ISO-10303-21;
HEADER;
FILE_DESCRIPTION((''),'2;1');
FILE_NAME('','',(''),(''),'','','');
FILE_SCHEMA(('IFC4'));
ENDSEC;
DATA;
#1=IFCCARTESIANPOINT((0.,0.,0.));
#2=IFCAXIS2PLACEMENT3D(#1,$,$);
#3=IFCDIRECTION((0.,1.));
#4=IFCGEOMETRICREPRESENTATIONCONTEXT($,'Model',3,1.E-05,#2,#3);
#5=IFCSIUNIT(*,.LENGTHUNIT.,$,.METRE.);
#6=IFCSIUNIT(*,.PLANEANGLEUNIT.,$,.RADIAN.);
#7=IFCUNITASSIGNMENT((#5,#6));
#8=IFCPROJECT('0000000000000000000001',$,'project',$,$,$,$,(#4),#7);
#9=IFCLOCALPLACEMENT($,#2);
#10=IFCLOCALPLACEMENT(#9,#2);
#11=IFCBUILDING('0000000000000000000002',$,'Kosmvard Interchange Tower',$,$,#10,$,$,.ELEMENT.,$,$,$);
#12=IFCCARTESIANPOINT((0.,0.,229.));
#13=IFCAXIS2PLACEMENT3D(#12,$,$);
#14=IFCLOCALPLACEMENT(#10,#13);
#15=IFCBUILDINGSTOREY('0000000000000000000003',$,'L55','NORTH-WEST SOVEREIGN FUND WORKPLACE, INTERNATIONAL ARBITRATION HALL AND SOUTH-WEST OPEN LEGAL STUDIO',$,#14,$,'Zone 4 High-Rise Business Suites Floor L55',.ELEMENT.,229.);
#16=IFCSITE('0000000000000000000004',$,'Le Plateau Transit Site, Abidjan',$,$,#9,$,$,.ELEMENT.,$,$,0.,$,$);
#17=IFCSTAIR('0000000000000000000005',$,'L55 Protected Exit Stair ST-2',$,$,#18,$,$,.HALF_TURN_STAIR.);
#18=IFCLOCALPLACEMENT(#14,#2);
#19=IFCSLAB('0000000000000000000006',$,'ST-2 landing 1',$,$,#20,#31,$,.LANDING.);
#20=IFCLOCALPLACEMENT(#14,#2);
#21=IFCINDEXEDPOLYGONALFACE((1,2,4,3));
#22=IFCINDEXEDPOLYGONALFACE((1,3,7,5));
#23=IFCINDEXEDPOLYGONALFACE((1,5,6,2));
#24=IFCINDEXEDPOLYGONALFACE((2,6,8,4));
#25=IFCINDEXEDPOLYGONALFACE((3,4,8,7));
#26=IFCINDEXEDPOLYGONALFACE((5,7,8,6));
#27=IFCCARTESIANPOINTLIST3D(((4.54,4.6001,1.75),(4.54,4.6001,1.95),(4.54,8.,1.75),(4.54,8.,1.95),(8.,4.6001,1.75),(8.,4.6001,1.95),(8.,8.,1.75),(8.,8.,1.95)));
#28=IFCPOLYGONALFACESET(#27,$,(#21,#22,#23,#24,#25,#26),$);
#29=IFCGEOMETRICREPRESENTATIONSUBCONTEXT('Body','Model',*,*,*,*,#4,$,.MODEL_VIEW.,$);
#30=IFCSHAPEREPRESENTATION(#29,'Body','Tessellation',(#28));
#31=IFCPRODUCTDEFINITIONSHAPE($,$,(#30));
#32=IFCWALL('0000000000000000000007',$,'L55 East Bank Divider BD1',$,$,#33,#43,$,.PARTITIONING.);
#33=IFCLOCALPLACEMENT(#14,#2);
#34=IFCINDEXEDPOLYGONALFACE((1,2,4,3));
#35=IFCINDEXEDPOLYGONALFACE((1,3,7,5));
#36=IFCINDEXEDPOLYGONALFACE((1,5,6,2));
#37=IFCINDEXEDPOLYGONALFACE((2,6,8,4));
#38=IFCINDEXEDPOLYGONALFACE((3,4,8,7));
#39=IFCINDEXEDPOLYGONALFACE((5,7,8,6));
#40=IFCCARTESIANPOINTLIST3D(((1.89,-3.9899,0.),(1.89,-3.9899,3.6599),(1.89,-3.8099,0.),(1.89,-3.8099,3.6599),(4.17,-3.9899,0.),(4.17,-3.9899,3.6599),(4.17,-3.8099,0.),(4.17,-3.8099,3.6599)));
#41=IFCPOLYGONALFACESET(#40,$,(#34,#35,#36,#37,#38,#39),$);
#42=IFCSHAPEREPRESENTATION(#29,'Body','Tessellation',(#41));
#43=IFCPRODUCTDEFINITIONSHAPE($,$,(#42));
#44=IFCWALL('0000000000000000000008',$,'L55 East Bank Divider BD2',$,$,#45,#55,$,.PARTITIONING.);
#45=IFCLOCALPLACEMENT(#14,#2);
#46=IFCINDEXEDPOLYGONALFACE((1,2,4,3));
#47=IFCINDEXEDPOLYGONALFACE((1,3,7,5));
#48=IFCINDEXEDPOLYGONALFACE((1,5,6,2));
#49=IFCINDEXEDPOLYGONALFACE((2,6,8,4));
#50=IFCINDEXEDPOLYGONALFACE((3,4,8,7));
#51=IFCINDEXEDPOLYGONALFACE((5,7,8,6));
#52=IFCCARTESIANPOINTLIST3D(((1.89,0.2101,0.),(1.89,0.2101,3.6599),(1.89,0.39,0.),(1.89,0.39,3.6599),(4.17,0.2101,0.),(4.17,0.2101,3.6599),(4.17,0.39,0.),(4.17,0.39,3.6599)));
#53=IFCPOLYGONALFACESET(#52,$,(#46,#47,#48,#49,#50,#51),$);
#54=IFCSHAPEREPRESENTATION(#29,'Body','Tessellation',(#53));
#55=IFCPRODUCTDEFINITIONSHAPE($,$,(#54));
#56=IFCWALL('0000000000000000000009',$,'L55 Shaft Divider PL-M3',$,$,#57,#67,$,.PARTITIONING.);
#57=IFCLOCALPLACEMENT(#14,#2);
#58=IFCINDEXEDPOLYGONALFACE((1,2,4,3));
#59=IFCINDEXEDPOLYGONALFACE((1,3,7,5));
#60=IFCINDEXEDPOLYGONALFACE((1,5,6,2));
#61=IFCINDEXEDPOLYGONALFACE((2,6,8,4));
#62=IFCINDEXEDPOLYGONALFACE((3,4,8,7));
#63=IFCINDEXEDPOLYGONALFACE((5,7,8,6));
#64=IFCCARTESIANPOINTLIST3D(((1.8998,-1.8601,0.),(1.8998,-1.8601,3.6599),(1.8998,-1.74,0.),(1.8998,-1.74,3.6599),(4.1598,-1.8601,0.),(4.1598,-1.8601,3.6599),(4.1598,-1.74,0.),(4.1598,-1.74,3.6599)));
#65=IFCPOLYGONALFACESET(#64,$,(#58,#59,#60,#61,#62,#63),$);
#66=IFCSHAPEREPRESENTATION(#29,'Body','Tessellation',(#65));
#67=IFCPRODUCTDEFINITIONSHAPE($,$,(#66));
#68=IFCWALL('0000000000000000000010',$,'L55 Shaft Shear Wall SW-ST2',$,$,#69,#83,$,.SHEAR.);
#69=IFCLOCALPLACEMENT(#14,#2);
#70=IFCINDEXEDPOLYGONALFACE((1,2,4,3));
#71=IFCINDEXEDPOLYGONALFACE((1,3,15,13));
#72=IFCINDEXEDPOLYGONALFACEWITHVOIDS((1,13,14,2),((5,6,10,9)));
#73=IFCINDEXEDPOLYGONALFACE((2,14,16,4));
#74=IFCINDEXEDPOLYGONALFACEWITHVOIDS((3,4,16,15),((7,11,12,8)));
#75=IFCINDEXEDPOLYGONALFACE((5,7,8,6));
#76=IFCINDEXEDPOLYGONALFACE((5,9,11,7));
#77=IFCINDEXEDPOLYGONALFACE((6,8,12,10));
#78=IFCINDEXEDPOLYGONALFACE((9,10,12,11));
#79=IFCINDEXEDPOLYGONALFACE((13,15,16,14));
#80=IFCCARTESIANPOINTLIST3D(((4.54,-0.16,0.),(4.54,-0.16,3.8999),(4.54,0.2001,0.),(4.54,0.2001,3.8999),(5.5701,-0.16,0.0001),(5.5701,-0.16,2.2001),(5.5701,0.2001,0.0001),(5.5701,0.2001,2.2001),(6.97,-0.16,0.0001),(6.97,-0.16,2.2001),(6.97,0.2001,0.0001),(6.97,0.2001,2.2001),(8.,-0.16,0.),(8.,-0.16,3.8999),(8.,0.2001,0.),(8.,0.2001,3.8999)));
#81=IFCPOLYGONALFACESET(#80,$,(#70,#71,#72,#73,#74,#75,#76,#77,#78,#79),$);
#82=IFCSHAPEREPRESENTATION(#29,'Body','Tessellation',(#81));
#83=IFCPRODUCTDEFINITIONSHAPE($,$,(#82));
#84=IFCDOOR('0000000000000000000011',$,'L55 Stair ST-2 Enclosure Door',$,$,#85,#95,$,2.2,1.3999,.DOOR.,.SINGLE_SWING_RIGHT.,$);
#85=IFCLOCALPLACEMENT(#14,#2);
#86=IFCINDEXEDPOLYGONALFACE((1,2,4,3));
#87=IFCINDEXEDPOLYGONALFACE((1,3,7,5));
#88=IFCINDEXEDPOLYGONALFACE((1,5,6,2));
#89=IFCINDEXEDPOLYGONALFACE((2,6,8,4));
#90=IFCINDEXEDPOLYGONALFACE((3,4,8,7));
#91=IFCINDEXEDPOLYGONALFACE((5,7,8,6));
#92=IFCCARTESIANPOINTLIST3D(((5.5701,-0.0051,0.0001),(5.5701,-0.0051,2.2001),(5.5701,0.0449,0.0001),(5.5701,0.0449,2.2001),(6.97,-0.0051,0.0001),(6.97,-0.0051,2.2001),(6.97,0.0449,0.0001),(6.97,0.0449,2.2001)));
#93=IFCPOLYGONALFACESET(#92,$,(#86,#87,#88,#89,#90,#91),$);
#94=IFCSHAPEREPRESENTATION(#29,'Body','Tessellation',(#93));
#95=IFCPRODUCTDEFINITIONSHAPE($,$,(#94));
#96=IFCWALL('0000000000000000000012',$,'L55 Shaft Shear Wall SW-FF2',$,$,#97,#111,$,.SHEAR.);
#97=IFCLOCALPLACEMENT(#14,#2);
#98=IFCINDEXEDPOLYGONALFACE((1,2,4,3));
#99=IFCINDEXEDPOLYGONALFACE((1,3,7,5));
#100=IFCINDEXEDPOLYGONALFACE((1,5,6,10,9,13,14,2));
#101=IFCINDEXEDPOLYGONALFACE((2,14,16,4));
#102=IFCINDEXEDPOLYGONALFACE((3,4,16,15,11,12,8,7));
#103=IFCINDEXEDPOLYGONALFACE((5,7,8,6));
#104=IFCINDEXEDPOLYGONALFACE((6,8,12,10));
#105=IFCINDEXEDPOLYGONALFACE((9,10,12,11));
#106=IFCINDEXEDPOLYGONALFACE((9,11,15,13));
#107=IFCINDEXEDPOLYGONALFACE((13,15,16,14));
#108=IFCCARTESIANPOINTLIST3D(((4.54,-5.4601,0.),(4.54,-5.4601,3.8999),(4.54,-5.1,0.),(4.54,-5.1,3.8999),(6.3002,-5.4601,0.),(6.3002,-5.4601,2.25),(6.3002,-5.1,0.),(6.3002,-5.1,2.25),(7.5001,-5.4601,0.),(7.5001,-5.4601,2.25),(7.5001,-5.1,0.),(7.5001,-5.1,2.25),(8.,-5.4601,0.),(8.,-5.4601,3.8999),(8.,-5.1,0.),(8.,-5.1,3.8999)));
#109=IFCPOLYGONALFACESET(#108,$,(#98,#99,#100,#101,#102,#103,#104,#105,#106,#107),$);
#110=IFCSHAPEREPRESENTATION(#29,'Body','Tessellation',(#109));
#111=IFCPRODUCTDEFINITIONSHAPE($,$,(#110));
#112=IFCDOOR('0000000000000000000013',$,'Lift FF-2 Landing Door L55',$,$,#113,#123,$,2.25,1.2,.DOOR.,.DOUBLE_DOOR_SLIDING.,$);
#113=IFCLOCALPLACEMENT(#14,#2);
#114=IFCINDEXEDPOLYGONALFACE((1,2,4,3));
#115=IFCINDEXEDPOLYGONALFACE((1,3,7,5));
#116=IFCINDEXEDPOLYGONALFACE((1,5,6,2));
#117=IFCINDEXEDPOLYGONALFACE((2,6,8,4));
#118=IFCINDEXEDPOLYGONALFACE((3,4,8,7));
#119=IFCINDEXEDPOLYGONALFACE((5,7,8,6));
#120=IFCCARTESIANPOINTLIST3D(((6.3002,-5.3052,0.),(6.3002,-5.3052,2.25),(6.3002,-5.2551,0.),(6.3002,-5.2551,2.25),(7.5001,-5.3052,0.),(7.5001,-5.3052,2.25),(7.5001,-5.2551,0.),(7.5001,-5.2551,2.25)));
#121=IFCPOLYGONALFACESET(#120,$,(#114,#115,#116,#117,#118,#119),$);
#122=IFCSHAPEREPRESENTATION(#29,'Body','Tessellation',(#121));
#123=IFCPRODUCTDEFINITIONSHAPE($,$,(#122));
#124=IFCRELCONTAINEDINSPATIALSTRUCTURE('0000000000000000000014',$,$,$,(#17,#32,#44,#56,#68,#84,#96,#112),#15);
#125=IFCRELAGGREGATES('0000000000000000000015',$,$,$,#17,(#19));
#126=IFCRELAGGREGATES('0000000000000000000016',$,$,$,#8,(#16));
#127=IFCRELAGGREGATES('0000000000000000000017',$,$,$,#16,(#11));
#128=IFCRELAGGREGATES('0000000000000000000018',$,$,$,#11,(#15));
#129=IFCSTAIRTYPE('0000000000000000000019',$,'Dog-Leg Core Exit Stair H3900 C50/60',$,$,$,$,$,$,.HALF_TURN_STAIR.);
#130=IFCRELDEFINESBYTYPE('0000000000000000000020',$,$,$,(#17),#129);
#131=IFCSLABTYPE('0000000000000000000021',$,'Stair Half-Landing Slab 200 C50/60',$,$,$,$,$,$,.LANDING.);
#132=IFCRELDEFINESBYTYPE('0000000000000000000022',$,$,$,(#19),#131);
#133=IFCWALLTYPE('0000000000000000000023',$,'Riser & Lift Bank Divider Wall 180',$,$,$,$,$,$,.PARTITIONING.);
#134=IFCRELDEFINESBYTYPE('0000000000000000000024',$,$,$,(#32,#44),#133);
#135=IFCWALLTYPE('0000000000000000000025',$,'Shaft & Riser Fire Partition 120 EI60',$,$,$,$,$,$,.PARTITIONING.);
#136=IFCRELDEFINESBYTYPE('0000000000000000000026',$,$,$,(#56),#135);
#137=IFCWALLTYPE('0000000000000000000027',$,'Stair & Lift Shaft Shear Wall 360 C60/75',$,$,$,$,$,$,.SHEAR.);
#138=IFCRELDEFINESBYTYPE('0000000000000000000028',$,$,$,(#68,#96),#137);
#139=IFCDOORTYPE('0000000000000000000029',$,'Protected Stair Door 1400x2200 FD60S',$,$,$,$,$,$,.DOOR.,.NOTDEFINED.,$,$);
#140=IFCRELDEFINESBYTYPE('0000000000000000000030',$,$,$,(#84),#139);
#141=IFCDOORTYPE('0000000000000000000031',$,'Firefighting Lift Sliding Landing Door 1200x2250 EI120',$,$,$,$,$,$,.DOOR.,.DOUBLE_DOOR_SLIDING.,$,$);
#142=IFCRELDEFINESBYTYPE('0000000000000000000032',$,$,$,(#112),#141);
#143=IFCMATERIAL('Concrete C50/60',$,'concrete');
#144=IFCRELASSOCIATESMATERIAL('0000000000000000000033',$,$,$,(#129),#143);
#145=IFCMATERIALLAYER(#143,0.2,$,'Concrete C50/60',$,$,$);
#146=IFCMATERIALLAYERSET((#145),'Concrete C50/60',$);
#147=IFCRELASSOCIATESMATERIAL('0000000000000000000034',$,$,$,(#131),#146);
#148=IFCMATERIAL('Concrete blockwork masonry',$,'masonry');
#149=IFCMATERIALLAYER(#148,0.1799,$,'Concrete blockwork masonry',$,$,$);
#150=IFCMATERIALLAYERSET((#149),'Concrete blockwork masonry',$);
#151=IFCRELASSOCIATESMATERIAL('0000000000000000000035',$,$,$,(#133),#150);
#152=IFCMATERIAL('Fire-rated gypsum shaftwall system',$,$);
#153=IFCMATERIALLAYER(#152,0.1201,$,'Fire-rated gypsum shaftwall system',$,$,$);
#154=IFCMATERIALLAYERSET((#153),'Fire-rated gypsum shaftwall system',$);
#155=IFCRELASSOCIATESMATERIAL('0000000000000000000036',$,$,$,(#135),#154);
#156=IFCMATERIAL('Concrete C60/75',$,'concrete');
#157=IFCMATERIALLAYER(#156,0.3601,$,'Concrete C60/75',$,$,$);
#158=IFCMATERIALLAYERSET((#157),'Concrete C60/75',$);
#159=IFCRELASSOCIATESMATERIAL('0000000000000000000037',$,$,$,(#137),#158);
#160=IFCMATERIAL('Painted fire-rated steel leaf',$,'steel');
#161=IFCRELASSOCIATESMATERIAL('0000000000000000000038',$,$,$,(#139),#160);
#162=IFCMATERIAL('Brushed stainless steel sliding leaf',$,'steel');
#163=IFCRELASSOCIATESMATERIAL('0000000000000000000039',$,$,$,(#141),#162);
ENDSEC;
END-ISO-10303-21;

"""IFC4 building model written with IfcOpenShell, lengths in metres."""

from ifc_helpers import new_model, si_unit, direction, frame, frame_2d, origin, place, context, subcontext, project, spatial, polyline, rectangle, outline, extrude, source, transform, mapped, material, layer, layer_set, type_object, element, fill, aggregate, save


model = new_model("IFC4")

# Units and contexts
model_context = context("Model", 3, precision=1e-05, world=origin(), true_north=direction((0.0, 1.0)))
body_context = subcontext(model_context, "Body", "Model", "MODEL_VIEW")
ifc_project = project(units=[si_unit("LENGTHUNIT", "METRE"), si_unit("PLANEANGLEUNIT", "RADIAN")], contexts=[model_context])

# Site, building, storey
site_placement = place(None, origin())
site = spatial("IfcSite", under=ifc_project, at=site_placement, Name="Le Plateau Transit Site, Abidjan", CompositionType="ELEMENT", RefElevation=0.0)
building_placement = place(site_placement, origin())
building = spatial("IfcBuilding", under=site, at=building_placement, Name="Kosmvard Interchange Tower", CompositionType="ELEMENT")
storey_placement = place(building_placement, frame((0.0, 0.0, 229.0)))
storey = spatial("IfcBuildingStorey", under=building, at=storey_placement, Name="L55", Description="NORTH-WEST SOVEREIGN FUND WORKPLACE, INTERNATIONAL ARBITRATION HALL AND SOUTH-WEST OPEN LEGAL STUDIO", LongName="Zone 4 High-Rise Business Suites Floor L55", CompositionType="ELEMENT", Elevation=229.0)

# Stair, slab
ifc_material_1 = material(Name="Concrete C50/60", Category="concrete")
stair_type = type_object("IfcStairType", Name="Dog-Leg Core Exit Stair H3900 C50/60", PredefinedType="HALF_TURN_STAIR", material=ifc_material_1)
stair_placement = place(storey_placement, origin())
stair = element("IfcStair", 1, at=stair_placement, inside=storey, type_object=stair_type, Name="L55 Protected Exit Stair ST-2", PredefinedType="HALF_TURN_STAIR")
ifc_layer_1 = layer(ifc_material_1, 0.2, Name="Concrete C50/60")
ifc_layer_set_1 = layer_set([ifc_layer_1], Name="Concrete C50/60")
slab_type = type_object("IfcSlabType", Name="Stair Half-Landing Slab 200 C50/60", PredefinedType="LANDING", material=ifc_layer_set_1)
slab_placement = place(storey_placement, frame((0.0, 0.0, 1.75)))
slab = element("IfcSlab", 2, at=slab_placement, type_object=slab_type, Name="ST-2 landing 1", PredefinedType="LANDING", context=body_context, shape_type="SweptSolid", body=[
    extrude(outline(polyline([(8.0, 4.6001), (8.0, 8.0), (4.54, 8.0), (4.54, 4.6001), (8.0, 4.6001)])), origin(), (0.0, 0.0, 1.0), 0.2),
])
aggregate(stair, [slab])

# Walls
ifc_material_2 = material(Name="Concrete blockwork masonry", Category="masonry")
ifc_layer_2 = layer(ifc_material_2, 0.1799, Name="Concrete blockwork masonry")
ifc_layer_set_2 = layer_set([ifc_layer_2], Name="Concrete blockwork masonry")
wall_type_1 = type_object("IfcWallType", Name="Riser & Lift Bank Divider Wall 180", PredefinedType="PARTITIONING", material=ifc_layer_set_2)
for number, where, z_axis, x_axis, name in (
    (3, (1.8899, -3.8999, 0.0), (0.0, 0.0, 1.0), (1.0, 0.0, 0.0), "L55 East Bank Divider BD1"),
    (4, (1.8899, 0.3, 0.0), (0.0, 0.0, 1.0), (1.0, 0.0, 0.0), "L55 East Bank Divider BD2"),
):
    element("IfcWall", number, at=place(storey_placement, frame(where, z_axis=z_axis, x_axis=x_axis)), inside=storey, type_object=wall_type_1, Name=name, PredefinedType="PARTITIONING", context=body_context, shape_type="SweptSolid", body=[
        extrude(rectangle(XDim=2.28, YDim=0.1799, at=frame_2d((1.1401, 0.0))), origin(), (0.0, 0.0, 1.0), 3.6599),
    ])
ifc_material_3 = material(Name="Fire-rated gypsum shaftwall system")
ifc_layer_3 = layer(ifc_material_3, 0.1201, Name="Fire-rated gypsum shaftwall system")
ifc_layer_set_3 = layer_set([ifc_layer_3], Name="Fire-rated gypsum shaftwall system")
wall_type_2 = type_object("IfcWallType", Name="Shaft & Riser Fire Partition 120 EI60", PredefinedType="PARTITIONING", material=ifc_layer_set_3)
wall_1_placement = place(storey_placement, frame((1.8999, -1.8, 0.0), z_axis=(0.0, 0.0, 1.0), x_axis=(1.0, 0.0, 0.0)))
element("IfcWall", 5, at=wall_1_placement, inside=storey, type_object=wall_type_2, Name="L55 Shaft Divider PL-M3", PredefinedType="PARTITIONING", context=body_context, shape_type="SweptSolid", body=[
    extrude(rectangle(XDim=2.26, YDim=0.1201, at=frame_2d((1.1299, 0.0))), origin(), (0.0, 0.0, 1.0), 3.6599),
])

# Walls, openings, doors
ifc_material_4 = material(Name="Concrete C60/75", Category="concrete")
ifc_layer_4 = layer(ifc_material_4, 0.3601, Name="Concrete C60/75")
ifc_layer_set_4 = layer_set([ifc_layer_4], Name="Concrete C60/75")
wall_type_3 = type_object("IfcWallType", Name="Stair & Lift Shaft Shear Wall 360 C60/75", PredefinedType="SHEAR", material=ifc_layer_set_4)
wall_2_placement = place(storey_placement, frame((4.54, 0.02, 0.0), z_axis=(0.0, 0.0, 1.0), x_axis=(1.0, 0.0, 0.0)))
wall_2 = element("IfcWall", 6, at=wall_2_placement, inside=storey, type_object=wall_type_3, Name="L55 Shaft Shear Wall SW-ST2", PredefinedType="SHEAR", context=body_context, shape_type="SweptSolid", body=[
    extrude(rectangle(XDim=3.46, YDim=0.3601, at=frame_2d((1.73, 0.0))), origin(), (0.0, 0.0, 1.0), 3.8999),
])
opening_1_placement = place(wall_2_placement, frame((1.03, 0.0, 0.0)))
opening_1 = element("IfcOpeningElement", 7, at=opening_1_placement, cuts=wall_2, PredefinedType="OPENING", context=body_context, shape_type="SweptSolid", body=[
    extrude(rectangle(XDim=1.3999, YDim=2.2, at=frame_2d((0.7, 1.1001))), frame((0.0, 0.1899, 0.0), z_axis=(0.0, -1.0, 0.0), x_axis=(1.0, 0.0, 0.0)), (0.0, 0.0, 1.0), 0.3801),
])
ifc_material_5 = material(Name="Painted fire-rated steel leaf", Category="steel")
door_type_1 = type_object("IfcDoorType", Name="Protected Stair Door 1400x2200 FD60S", OperationType="NOTDEFINED", PredefinedType="DOOR", material=ifc_material_5)
shared_shape_1 = source(origin(), body_context, "Body", "SweptSolid", [
    extrude(rectangle(XDim=1.3999, YDim=2.2, at=frame_2d((0.7, 1.1001))), frame((0.0, 0.0249, 0.0), z_axis=(0.0, -1.0, 0.0), x_axis=(1.0, 0.0, 0.0)), (0.0, 0.0, 1.0), 0.05),
])
door_1_placement = place(opening_1_placement, origin())
door_1 = element("IfcDoor", 8, at=door_1_placement, inside=storey, type_object=door_type_1, Name="L55 Stair ST-2 Enclosure Door", OperationType="SINGLE_SWING_RIGHT", OverallHeight=2.2, OverallWidth=1.3999, PredefinedType="DOOR", context=body_context, shape_type="MappedRepresentation", body=[
    mapped(shared_shape_1, transform((0.0, 0.0, 0.0), scale=1.0)),
])
fill(opening_1, door_1)
wall_3_placement = place(storey_placement, frame((4.54, -5.28, 0.0), z_axis=(0.0, 0.0, 1.0), x_axis=(1.0, 0.0, 0.0)))
wall_3 = element("IfcWall", 9, at=wall_3_placement, inside=storey, type_object=wall_type_3, Name="L55 Shaft Shear Wall SW-FF2", PredefinedType="SHEAR", context=body_context, shape_type="SweptSolid", body=[
    extrude(rectangle(XDim=3.46, YDim=0.3601, at=frame_2d((1.73, 0.0))), origin(), (0.0, 0.0, 1.0), 3.8999),
])
opening_2_placement = place(wall_3_placement, frame((1.76, 0.0, 0.0)))
opening_2 = element("IfcOpeningElement", 10, at=opening_2_placement, cuts=wall_3, PredefinedType="OPENING", context=body_context, shape_type="SweptSolid", body=[
    extrude(rectangle(XDim=1.2, YDim=2.25, at=frame_2d((0.6001, 1.125))), frame((0.0, 0.1899, 0.0), z_axis=(0.0, -1.0, 0.0), x_axis=(1.0, 0.0, 0.0)), (0.0, 0.0, 1.0), 0.3801),
])
ifc_material_6 = material(Name="Brushed stainless steel sliding leaf", Category="steel")
door_type_2 = type_object("IfcDoorType", Name="Firefighting Lift Sliding Landing Door 1200x2250 EI120", OperationType="DOUBLE_DOOR_SLIDING", PredefinedType="DOOR", material=ifc_material_6)
shared_shape_2 = source(origin(), body_context, "Body", "SweptSolid", [
    extrude(rectangle(XDim=1.2, YDim=2.25, at=frame_2d((0.6001, 1.125))), frame((0.0, 0.0249, 0.0), z_axis=(0.0, -1.0, 0.0), x_axis=(1.0, 0.0, 0.0)), (0.0, 0.0, 1.0), 0.05),
])
door_2_placement = place(opening_2_placement, origin())
door_2 = element("IfcDoor", 11, at=door_2_placement, inside=storey, type_object=door_type_2, Name="Lift FF-2 Landing Door L55", OperationType="DOUBLE_DOOR_SLIDING", OverallHeight=2.25, OverallWidth=1.2, PredefinedType="DOOR", context=body_context, shape_type="MappedRepresentation", body=[
    mapped(shared_shape_2, transform((0.0, 0.0, 0.0), scale=1.0)),
])
fill(opening_2, door_2)

save(model, "model.ifc")
